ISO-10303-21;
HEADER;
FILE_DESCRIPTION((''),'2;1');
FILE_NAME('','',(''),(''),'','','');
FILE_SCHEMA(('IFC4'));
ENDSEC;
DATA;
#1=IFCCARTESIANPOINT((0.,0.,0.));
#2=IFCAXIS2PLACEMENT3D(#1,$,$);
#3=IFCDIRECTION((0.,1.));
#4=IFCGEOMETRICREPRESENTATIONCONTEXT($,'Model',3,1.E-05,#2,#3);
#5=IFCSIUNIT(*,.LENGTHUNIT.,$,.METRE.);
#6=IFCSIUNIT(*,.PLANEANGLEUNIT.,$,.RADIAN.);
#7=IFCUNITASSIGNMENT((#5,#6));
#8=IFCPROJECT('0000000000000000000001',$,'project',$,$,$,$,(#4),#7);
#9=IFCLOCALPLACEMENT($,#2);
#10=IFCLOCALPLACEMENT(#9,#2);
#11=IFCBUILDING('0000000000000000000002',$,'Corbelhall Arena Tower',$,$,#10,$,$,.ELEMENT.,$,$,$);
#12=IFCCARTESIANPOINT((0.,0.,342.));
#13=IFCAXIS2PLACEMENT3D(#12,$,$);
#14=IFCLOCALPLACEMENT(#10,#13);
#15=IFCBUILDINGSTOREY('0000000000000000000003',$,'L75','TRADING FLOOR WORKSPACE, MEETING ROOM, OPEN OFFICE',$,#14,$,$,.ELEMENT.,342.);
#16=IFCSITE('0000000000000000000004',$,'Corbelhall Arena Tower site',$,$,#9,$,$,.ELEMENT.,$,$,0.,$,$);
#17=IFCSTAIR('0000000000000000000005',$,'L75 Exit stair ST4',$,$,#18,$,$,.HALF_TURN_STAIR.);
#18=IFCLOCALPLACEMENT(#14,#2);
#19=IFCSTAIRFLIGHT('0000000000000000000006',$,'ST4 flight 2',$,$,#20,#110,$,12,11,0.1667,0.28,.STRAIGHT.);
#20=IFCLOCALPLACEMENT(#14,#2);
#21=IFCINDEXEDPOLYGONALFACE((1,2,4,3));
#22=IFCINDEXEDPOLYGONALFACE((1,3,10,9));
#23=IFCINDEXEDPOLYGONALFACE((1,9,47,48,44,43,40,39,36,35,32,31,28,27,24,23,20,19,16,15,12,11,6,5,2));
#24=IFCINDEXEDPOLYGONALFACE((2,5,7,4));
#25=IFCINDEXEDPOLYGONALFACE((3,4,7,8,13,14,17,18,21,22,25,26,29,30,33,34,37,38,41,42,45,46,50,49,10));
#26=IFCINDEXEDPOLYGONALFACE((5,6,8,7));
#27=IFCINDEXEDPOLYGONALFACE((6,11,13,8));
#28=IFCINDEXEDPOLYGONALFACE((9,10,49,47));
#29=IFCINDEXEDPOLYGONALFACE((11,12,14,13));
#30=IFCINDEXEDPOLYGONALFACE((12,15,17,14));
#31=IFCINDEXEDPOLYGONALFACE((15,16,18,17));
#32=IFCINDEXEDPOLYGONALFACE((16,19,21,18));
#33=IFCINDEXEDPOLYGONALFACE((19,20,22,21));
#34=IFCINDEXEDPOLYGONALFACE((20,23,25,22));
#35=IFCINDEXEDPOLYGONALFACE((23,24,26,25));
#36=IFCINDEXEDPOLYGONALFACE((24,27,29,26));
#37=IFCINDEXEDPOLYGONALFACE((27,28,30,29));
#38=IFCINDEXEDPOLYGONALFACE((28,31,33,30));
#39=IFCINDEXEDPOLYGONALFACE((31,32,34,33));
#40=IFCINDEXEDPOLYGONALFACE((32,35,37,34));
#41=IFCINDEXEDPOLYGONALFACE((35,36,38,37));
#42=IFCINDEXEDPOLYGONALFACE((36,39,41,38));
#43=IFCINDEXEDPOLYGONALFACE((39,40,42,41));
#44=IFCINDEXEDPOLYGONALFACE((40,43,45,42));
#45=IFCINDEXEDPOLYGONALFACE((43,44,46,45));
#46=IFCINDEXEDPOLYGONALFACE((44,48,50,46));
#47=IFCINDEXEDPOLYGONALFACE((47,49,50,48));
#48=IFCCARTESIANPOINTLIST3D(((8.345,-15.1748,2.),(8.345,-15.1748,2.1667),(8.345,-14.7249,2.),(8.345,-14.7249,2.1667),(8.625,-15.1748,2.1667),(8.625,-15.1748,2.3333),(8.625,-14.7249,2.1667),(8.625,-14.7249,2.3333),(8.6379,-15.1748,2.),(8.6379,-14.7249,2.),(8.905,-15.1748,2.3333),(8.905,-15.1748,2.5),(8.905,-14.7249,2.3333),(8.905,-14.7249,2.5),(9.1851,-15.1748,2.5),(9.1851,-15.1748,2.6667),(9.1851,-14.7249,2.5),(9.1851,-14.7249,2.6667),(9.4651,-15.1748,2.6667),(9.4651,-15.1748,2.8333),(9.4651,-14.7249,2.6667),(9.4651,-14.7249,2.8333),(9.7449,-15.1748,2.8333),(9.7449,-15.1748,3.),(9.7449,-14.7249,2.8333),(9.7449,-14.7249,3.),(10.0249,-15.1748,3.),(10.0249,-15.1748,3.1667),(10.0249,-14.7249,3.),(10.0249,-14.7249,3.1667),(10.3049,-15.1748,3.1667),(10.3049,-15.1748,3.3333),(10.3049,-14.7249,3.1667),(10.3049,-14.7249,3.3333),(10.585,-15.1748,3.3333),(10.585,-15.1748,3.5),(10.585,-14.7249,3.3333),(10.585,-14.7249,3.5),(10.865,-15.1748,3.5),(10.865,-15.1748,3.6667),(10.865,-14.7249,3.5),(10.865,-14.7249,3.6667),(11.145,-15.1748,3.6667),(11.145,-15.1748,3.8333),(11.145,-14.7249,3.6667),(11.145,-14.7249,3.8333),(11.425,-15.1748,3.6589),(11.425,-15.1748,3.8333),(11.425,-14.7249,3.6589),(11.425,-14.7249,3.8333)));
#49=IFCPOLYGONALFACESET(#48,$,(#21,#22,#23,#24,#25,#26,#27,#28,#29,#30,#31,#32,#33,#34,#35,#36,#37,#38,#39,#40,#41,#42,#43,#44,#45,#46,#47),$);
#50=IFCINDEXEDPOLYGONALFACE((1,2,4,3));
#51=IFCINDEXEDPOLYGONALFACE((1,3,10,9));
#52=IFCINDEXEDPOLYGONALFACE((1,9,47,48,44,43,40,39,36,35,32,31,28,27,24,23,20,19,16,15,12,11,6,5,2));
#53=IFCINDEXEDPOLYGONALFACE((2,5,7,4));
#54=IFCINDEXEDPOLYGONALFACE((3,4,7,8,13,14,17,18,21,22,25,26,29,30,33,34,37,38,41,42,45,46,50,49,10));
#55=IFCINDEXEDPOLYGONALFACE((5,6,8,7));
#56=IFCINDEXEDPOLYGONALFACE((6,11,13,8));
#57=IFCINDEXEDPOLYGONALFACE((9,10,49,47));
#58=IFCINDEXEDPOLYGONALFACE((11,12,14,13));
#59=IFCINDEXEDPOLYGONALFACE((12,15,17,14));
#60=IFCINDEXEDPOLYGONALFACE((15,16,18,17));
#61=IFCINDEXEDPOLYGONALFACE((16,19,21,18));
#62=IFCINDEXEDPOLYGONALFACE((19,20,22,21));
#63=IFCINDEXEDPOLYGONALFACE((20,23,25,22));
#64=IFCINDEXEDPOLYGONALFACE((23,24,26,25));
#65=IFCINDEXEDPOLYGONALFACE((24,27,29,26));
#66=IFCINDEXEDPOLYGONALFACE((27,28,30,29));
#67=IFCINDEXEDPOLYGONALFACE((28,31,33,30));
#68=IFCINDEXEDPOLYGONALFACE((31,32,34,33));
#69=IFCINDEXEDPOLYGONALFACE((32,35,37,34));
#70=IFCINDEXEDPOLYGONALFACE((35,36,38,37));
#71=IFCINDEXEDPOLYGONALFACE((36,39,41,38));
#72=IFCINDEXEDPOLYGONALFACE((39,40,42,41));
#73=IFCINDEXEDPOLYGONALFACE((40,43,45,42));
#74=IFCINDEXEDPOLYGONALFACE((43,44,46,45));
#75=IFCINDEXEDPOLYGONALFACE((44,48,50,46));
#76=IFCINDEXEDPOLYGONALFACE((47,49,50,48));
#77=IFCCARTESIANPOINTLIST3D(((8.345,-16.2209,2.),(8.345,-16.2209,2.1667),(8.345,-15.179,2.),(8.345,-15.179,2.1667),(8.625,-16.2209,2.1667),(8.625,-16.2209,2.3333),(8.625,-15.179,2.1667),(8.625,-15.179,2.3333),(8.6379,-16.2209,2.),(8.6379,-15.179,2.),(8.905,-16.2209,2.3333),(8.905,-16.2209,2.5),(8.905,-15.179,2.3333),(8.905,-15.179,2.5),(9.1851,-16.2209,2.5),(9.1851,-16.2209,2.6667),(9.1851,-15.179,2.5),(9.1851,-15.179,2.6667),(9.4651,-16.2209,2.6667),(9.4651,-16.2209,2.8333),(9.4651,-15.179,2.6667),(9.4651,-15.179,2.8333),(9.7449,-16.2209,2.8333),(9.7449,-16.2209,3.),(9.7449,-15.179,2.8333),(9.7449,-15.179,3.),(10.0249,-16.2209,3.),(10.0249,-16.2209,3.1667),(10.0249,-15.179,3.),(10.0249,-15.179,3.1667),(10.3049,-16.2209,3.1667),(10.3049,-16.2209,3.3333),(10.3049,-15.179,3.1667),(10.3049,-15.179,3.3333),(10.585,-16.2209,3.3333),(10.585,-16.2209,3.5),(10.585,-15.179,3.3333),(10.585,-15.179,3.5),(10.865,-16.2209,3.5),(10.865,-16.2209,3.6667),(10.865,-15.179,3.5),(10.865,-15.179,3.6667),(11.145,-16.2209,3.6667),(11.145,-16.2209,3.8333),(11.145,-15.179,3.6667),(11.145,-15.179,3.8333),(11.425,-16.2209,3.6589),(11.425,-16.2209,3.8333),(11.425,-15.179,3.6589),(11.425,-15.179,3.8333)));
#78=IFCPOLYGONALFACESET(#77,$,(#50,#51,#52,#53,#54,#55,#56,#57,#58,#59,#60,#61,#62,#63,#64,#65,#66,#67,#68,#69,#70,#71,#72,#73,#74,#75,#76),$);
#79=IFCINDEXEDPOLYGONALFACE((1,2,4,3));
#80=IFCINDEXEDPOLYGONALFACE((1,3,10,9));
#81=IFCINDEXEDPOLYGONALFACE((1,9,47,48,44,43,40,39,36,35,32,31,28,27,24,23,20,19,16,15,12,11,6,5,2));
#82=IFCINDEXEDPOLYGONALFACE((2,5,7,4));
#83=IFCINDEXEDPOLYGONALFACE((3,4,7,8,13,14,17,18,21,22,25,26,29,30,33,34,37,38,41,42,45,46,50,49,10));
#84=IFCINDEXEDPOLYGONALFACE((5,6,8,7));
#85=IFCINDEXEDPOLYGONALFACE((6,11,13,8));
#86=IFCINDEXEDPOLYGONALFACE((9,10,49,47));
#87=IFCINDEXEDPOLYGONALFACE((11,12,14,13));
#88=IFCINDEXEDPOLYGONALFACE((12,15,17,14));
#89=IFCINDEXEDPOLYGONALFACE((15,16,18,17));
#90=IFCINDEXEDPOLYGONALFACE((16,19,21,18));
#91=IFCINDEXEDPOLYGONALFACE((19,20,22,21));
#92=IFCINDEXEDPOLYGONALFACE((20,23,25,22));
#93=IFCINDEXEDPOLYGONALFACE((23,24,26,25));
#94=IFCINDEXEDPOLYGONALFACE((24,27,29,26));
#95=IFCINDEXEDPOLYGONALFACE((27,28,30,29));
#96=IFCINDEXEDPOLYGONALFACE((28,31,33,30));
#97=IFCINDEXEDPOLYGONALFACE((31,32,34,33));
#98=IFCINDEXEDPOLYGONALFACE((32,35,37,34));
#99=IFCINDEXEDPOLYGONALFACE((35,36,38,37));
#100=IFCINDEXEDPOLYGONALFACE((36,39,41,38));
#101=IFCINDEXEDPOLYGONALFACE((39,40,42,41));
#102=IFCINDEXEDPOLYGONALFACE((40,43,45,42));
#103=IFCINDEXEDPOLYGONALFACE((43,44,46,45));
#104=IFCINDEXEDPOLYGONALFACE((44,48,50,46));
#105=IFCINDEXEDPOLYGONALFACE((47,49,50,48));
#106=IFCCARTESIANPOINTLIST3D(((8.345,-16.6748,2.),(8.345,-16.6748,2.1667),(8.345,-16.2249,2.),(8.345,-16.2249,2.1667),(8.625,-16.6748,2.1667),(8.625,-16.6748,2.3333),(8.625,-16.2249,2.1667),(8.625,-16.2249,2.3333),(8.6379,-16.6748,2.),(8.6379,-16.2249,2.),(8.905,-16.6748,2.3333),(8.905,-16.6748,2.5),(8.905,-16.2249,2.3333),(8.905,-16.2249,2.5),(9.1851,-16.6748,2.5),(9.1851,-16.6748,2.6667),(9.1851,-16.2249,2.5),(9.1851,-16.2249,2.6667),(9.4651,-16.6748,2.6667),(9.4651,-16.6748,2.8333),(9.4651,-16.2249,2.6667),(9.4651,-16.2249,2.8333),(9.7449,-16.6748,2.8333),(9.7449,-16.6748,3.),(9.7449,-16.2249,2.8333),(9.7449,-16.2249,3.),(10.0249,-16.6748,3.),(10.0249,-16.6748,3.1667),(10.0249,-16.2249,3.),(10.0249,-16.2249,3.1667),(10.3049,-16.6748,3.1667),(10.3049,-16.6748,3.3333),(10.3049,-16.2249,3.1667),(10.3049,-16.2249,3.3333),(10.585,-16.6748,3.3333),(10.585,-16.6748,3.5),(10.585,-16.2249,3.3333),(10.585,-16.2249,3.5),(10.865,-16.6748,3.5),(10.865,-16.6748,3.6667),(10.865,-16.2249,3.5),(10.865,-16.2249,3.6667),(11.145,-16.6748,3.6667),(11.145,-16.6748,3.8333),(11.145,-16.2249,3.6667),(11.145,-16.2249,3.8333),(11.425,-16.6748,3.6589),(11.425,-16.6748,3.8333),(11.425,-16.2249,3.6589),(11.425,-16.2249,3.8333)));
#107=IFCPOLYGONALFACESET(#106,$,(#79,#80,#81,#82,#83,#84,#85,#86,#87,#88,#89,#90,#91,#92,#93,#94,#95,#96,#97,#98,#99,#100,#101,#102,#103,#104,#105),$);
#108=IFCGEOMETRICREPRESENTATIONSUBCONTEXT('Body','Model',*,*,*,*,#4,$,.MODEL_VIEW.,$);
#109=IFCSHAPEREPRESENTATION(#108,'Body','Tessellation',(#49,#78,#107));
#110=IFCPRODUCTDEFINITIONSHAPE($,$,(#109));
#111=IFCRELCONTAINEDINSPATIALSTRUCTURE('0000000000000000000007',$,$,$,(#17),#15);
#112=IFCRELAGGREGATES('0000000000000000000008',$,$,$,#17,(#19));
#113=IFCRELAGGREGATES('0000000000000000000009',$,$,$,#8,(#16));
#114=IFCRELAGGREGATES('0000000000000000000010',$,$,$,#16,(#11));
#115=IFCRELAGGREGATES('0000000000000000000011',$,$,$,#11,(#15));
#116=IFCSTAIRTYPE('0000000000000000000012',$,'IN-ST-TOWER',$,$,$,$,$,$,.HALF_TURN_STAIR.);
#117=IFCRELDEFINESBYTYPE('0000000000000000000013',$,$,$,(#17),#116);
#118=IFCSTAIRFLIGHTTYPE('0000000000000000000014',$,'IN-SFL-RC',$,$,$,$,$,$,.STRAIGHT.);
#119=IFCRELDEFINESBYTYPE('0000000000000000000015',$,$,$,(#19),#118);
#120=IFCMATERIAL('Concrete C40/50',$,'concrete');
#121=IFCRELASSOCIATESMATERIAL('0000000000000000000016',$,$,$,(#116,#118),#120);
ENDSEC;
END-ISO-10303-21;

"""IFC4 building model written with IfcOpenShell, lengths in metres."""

from ifc_helpers import new_model, si_unit, direction, frame, origin, place, context, subcontext, project, spatial, polyline, outline, extrude, material, type_object, element, aggregate, save


model = new_model("IFC4")

# Units and contexts
model_context = context("Model", 3, precision=1e-05, world=origin(), true_north=direction((0.0, 1.0)))
body_context = subcontext(model_context, "Body", "Model", "MODEL_VIEW")
ifc_project = project(units=[si_unit("LENGTHUNIT", "METRE"), si_unit("PLANEANGLEUNIT", "RADIAN")], contexts=[model_context])

# Site, building, storey
site_placement = place(None, origin())
site = spatial("IfcSite", under=ifc_project, at=site_placement, Name="Corbelhall Arena Tower site", CompositionType="ELEMENT", RefElevation=0.0)
building_placement = place(site_placement, origin())
building = spatial("IfcBuilding", under=site, at=building_placement, Name="Corbelhall Arena Tower", CompositionType="ELEMENT")
storey_placement = place(building_placement, frame((0.0, 0.0, 342.0)))
storey = spatial("IfcBuildingStorey", under=building, at=storey_placement, Name="L75", Description="TRADING FLOOR WORKSPACE, MEETING ROOM, OPEN OFFICE", CompositionType="ELEMENT", Elevation=342.0)

# Shared definitions
ifc_material_1 = material(Name="Concrete C40/50", Category="concrete")

# Stair, stair flight
stair_type = type_object("IfcStairType", Name="IN-ST-TOWER", PredefinedType="HALF_TURN_STAIR", material=ifc_material_1)
stair_placement = place(storey_placement, origin())
stair = element("IfcStair", 1, at=stair_placement, inside=storey, type_object=stair_type, Name="L75 Exit stair ST4", PredefinedType="HALF_TURN_STAIR")
stair_flight_type = type_object("IfcStairFlightType", Name="IN-SFL-RC", PredefinedType="STRAIGHT", material=ifc_material_1)
stair_flight_1_placement = place(storey_placement, frame((8.345, -15.7, 2.0), z_axis=(0.0, 0.0, 1.0), x_axis=(1.0, 0.0, 0.0)))
stair_flight_1 = element("IfcStairFlight", 2, at=stair_flight_1_placement, type_object=stair_flight_type, Name="ST4 flight 2", NumberOfRisers=12, NumberOfTreads=11, PredefinedType="STRAIGHT", RiserHeight=0.1667, TreadLength=0.28, context=body_context, shape_type="SweptSolid", body=[
    extrude(outline(polyline([(0.0, 0.0), (0.0, 0.1667), (0.28, 0.1667), (0.28, 0.3333), (0.5601, 0.3333), (0.5601, 0.5), (0.8401, 0.5), (0.8401, 0.6667), (1.1201, 0.6667), (1.1201, 0.8333), (1.3999, 0.8333), (1.3999, 1.0), (1.6799, 1.0), (1.6799, 1.1667), (1.96, 1.1667), (1.96, 1.3333), (2.24, 1.3333), (2.24, 1.5), (2.52, 1.5), (2.52, 1.6667), (2.8, 1.6667), (2.8, 1.8333), (3.0801, 1.8333), (3.0801, 2.0), (3.0801, 1.6589), (0.293, 0.0), (0.0, 0.0)])), frame((0.0, 0.9751, 0.0), z_axis=(0.0, -1.0, 0.0), x_axis=(1.0, 0.0, 0.0)), (0.0, 0.0, 1.0), 0.45),
    extrude(outline(polyline([(0.0, 0.0), (0.0, 0.1667), (0.28, 0.1667), (0.28, 0.3333), (0.5601, 0.3333), (0.5601, 0.5), (0.8401, 0.5), (0.8401, 0.6667), (1.1201, 0.6667), (1.1201, 0.8333), (1.3999, 0.8333), (1.3999, 1.0), (1.6799, 1.0), (1.6799, 1.1667), (1.96, 1.1667), (1.96, 1.3333), (2.24, 1.3333), (2.24, 1.5), (2.52, 1.5), (2.52, 1.6667), (2.8, 1.6667), (2.8, 1.8333), (3.0801, 1.8333), (3.0801, 2.0), (3.0801, 1.6589), (0.293, 0.0), (0.0, 0.0)])), frame((0.0, 0.521, 0.0), z_axis=(0.0, -1.0, 0.0), x_axis=(1.0, 0.0, 0.0)), (0.0, 0.0, 1.0), 1.042),
    extrude(outline(polyline([(0.0, 0.0), (0.0, 0.1667), (0.28, 0.1667), (0.28, 0.3333), (0.5601, 0.3333), (0.5601, 0.5), (0.8401, 0.5), (0.8401, 0.6667), (1.1201, 0.6667), (1.1201, 0.8333), (1.3999, 0.8333), (1.3999, 1.0), (1.6799, 1.0), (1.6799, 1.1667), (1.96, 1.1667), (1.96, 1.3333), (2.24, 1.3333), (2.24, 1.5), (2.52, 1.5), (2.52, 1.6667), (2.8, 1.6667), (2.8, 1.8333), (3.0801, 1.8333), (3.0801, 2.0), (3.0801, 1.6589), (0.293, 0.0), (0.0, 0.0)])), frame((0.0, -0.5249, 0.0), z_axis=(0.0, -1.0, 0.0), x_axis=(1.0, 0.0, 0.0)), (0.0, 0.0, 1.0), 0.45),
])
aggregate(stair, [stair_flight_1])

save(model, "model.ifc")
